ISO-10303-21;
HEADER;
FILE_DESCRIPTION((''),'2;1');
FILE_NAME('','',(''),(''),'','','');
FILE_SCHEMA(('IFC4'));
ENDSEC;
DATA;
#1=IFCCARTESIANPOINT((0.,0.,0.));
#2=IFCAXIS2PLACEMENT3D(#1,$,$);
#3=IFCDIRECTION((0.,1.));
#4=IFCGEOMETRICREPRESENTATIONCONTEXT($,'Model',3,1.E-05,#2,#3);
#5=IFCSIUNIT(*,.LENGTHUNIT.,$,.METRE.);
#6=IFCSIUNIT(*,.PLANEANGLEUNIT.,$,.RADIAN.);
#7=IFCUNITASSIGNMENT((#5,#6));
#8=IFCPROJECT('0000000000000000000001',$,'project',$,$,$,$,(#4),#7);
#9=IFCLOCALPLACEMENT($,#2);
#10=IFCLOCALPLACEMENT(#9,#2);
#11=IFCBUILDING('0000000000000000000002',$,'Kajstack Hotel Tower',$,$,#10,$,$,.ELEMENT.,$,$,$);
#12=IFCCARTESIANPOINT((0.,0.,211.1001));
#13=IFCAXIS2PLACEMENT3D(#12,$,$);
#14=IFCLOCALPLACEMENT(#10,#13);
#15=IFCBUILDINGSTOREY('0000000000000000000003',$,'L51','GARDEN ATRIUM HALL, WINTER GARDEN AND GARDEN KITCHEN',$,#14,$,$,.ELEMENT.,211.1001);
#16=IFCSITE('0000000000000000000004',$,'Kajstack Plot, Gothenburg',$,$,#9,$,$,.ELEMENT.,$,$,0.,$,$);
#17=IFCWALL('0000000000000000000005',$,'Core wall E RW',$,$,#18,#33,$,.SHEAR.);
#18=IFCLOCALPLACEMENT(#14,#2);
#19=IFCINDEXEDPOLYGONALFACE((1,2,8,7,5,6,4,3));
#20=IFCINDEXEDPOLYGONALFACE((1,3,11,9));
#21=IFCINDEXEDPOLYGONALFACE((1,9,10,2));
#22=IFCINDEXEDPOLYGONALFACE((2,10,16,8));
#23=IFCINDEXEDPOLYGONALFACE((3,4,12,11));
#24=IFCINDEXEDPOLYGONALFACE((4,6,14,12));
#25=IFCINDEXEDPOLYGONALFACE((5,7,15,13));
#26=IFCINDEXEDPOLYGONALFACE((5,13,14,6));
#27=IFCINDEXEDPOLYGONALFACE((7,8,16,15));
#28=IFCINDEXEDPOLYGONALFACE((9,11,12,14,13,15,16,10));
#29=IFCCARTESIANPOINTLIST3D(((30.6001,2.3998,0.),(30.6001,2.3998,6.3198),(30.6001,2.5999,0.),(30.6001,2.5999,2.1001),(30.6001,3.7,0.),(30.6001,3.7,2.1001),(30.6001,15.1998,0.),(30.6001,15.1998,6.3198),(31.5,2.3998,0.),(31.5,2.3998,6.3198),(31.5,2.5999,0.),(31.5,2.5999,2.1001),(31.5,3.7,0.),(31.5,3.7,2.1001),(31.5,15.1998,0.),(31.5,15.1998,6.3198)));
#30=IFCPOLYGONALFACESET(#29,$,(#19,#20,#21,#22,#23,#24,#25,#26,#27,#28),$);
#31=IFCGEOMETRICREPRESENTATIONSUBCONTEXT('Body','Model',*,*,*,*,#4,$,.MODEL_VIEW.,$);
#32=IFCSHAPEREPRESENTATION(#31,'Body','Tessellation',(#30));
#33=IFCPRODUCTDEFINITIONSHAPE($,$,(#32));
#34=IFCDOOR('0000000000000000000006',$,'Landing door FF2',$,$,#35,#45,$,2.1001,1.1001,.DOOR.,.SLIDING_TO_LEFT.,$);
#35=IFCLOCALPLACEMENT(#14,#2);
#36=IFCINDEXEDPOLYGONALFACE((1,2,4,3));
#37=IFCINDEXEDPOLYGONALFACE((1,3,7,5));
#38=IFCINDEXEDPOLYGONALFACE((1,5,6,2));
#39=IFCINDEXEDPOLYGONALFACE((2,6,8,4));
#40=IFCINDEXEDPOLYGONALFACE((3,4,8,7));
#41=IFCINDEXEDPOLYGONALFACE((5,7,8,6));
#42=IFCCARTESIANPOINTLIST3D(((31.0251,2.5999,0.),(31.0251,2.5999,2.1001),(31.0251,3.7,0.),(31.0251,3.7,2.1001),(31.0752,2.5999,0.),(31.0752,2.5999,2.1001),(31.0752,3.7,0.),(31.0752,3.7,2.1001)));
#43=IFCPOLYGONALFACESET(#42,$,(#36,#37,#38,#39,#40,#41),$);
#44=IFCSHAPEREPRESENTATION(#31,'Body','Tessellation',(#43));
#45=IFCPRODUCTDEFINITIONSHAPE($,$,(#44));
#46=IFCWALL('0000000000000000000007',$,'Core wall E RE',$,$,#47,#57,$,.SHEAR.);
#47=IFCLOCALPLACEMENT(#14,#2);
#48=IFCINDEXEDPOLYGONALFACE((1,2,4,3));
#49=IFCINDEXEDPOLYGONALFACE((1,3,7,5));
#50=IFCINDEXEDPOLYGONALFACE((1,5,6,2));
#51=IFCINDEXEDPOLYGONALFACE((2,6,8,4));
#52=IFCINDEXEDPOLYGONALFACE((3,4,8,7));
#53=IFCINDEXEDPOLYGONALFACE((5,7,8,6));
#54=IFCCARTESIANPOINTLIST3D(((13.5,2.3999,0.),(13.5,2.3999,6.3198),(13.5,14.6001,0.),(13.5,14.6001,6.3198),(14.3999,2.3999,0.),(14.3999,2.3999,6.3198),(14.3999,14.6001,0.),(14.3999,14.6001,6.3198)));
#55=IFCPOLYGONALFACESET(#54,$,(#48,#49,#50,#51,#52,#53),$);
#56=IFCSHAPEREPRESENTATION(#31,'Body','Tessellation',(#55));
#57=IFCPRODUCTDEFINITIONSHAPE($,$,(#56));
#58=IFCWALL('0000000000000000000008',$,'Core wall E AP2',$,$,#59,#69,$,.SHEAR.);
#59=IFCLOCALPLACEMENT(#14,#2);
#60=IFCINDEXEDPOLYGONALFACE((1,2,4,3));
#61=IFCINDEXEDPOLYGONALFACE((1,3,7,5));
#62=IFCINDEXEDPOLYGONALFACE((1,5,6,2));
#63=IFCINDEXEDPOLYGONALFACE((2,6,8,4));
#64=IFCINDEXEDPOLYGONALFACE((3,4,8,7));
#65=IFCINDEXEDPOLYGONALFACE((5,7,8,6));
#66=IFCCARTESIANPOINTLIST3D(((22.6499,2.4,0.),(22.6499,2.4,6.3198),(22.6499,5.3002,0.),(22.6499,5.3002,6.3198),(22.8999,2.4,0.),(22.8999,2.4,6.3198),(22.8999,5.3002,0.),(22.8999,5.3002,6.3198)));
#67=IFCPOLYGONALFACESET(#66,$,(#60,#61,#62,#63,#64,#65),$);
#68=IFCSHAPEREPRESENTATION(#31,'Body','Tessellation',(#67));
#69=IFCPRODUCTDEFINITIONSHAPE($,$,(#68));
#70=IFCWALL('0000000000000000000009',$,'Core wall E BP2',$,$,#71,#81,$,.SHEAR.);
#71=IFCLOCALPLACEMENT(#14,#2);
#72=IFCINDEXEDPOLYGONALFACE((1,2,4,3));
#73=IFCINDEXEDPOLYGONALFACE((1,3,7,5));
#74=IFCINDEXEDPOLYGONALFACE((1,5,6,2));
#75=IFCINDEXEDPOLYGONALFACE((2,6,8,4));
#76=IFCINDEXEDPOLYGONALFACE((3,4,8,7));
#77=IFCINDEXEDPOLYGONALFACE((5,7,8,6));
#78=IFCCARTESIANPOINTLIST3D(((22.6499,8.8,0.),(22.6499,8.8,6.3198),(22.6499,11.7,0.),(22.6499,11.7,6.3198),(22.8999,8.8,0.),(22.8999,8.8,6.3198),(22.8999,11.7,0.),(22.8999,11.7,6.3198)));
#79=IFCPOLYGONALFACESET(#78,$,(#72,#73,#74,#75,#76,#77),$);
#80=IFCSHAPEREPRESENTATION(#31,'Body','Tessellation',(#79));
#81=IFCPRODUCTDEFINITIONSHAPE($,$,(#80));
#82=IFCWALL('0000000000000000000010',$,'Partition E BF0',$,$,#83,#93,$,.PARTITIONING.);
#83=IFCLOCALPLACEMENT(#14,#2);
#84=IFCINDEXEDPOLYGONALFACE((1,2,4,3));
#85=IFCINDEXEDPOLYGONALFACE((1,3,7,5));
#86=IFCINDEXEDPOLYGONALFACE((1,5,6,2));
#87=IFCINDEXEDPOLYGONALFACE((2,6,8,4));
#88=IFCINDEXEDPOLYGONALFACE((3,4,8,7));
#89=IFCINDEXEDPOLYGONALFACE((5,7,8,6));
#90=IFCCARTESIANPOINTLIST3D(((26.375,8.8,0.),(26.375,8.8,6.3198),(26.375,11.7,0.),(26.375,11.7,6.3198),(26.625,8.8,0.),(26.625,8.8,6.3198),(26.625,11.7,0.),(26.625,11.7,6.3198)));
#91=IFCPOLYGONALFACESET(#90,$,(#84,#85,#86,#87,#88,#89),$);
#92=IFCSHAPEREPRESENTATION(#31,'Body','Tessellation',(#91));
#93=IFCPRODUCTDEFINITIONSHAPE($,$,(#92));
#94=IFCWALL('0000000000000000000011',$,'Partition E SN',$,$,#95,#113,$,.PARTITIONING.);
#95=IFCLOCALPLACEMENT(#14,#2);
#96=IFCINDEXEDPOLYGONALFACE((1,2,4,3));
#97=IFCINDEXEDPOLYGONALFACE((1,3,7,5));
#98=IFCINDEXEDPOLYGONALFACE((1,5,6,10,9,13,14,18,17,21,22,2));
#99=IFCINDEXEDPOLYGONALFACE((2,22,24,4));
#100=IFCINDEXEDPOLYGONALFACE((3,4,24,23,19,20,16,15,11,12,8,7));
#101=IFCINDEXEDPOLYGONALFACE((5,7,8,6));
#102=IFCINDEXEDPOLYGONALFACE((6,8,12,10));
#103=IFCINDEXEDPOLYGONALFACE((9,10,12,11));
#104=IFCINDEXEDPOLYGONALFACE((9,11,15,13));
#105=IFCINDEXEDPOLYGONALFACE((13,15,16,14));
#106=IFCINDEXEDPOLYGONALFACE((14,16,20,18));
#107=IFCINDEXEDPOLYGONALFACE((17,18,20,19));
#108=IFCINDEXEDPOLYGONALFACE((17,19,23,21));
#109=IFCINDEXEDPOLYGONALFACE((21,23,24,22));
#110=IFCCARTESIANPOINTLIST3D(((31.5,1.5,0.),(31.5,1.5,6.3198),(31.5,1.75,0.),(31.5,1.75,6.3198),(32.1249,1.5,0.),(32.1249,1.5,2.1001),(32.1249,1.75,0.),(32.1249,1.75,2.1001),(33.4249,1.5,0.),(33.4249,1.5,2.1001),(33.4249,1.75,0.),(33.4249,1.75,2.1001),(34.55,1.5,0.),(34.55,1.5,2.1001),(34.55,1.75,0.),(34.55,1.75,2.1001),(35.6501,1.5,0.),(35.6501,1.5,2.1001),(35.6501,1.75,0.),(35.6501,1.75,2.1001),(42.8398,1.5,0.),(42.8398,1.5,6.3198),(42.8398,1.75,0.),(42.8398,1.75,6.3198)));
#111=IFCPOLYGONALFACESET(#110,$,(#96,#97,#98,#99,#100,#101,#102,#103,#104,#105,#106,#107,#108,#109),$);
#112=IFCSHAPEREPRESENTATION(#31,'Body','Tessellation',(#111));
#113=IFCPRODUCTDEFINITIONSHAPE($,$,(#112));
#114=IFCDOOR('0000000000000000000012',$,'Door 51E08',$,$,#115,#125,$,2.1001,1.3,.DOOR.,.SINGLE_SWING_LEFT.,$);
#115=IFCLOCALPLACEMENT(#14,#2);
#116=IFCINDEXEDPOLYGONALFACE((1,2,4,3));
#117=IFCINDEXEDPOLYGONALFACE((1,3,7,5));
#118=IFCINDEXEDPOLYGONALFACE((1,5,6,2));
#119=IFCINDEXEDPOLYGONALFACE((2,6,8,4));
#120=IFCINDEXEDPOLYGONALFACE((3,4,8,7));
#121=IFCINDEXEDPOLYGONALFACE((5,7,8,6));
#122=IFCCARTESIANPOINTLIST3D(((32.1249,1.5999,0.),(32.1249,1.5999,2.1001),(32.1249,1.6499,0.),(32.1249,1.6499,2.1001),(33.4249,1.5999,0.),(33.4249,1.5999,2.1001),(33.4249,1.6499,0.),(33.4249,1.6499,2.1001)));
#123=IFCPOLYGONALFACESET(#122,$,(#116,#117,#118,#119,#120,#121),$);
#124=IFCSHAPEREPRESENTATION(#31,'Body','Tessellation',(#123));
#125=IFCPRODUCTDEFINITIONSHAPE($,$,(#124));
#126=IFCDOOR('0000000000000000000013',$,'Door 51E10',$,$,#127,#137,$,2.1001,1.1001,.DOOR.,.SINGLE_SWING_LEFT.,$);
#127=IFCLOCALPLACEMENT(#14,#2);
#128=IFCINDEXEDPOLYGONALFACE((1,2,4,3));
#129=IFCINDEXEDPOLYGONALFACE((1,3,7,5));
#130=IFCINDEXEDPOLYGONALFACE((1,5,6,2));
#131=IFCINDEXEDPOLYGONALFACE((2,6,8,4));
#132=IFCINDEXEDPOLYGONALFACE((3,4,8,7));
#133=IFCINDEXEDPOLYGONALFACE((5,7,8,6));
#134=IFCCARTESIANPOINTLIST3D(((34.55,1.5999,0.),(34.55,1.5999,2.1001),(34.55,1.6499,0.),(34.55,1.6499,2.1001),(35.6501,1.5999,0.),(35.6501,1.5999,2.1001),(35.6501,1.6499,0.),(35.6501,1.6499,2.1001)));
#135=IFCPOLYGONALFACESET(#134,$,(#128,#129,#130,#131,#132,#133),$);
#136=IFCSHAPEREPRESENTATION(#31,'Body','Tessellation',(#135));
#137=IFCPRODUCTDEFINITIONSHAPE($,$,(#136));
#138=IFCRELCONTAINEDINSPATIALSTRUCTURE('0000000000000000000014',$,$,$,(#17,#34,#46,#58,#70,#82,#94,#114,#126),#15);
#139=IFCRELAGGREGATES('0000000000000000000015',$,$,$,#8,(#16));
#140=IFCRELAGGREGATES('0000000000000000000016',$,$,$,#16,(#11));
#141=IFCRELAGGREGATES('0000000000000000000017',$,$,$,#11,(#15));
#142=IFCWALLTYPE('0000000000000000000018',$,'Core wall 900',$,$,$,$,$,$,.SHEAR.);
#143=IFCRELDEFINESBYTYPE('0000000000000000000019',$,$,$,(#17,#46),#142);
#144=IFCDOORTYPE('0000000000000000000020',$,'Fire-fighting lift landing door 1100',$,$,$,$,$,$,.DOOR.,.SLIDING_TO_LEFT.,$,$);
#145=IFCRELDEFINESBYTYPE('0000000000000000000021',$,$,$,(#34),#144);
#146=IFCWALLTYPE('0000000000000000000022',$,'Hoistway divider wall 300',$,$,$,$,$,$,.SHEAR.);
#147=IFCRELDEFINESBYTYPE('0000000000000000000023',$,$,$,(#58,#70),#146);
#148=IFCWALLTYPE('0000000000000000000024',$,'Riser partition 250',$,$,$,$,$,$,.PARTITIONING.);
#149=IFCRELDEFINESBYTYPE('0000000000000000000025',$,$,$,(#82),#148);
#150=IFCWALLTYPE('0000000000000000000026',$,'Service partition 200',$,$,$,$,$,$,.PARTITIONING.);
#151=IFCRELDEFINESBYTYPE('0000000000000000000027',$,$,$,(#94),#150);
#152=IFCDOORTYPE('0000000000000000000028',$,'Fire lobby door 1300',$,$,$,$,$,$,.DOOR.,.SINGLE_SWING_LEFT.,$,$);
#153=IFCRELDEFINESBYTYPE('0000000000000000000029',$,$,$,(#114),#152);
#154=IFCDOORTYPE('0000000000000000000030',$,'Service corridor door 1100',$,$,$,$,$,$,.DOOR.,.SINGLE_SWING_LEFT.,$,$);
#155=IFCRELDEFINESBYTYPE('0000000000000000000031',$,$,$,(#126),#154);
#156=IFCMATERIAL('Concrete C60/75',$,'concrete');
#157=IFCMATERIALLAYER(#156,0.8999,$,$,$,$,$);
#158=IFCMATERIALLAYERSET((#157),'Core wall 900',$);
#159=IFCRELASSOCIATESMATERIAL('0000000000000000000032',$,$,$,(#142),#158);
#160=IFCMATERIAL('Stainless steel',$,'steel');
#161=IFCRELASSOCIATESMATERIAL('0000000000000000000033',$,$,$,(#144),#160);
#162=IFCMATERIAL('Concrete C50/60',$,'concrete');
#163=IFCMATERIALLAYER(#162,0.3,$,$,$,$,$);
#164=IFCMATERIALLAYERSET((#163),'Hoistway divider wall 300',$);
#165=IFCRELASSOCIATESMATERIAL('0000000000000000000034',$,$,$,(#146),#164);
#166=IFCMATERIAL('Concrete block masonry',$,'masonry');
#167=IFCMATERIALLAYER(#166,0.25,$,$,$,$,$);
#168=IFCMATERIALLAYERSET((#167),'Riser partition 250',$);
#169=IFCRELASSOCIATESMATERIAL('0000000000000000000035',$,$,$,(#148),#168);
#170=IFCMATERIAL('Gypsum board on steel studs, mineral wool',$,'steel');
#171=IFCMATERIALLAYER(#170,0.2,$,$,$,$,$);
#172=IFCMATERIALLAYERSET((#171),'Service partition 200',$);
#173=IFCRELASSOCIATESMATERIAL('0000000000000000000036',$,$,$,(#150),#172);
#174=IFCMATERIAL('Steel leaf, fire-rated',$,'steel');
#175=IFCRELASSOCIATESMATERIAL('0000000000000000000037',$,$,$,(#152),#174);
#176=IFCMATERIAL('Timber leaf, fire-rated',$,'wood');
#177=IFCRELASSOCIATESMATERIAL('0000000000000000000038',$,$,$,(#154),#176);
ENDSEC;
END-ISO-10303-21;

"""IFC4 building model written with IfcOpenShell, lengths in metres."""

from ifc_helpers import new_model, si_unit, direction, frame, frame_2d, origin, place, context, subcontext, project, spatial, rectangle, extrude, material, layer, layer_set, type_object, element, fill, save


model = new_model("IFC4")

# Units and contexts
model_context = context("Model", 3, precision=1e-05, world=origin(), true_north=direction((0.0, 1.0)))
body_context = subcontext(model_context, "Body", "Model", "MODEL_VIEW")
ifc_project = project(units=[si_unit("LENGTHUNIT", "METRE"), si_unit("PLANEANGLEUNIT", "RADIAN")], contexts=[model_context])

# Site, building, storey
site_placement = place(None, origin())
site = spatial("IfcSite", under=ifc_project, at=site_placement, Name="Kajstack Plot, Gothenburg", CompositionType="ELEMENT", RefElevation=0.0)
building_placement = place(site_placement, origin())
building = spatial("IfcBuilding", under=site, at=building_placement, Name="Kajstack Hotel Tower", CompositionType="ELEMENT")
storey_placement = place(building_placement, frame((0.0, 0.0, 211.1001)))
storey = spatial("IfcBuildingStorey", under=building, at=storey_placement, Name="L51", Description="GARDEN ATRIUM HALL, WINTER GARDEN AND GARDEN KITCHEN", CompositionType="ELEMENT", Elevation=211.1001)

# Wall, opening, door
ifc_material_1 = material(Name="Concrete C60/75", Category="concrete")
ifc_layer_1 = layer(ifc_material_1, 0.8999)
ifc_layer_set_1 = layer_set([ifc_layer_1], Name="Core wall 900")
wall_type_1 = type_object("IfcWallType", Name="Core wall 900", PredefinedType="SHEAR", material=ifc_layer_set_1)
wall_1_placement = place(storey_placement, frame((31.05, 2.3999, 0.0), z_axis=(0.0, 0.0, 1.0), x_axis=(0.0, 1.0, 0.0)))
wall_1 = element("IfcWall", 1, at=wall_1_placement, inside=storey, type_object=wall_type_1, Name="Core wall E RW", PredefinedType="SHEAR", context=body_context, shape_type="SweptSolid", body=[
    extrude(rectangle(XDim=12.8, YDim=0.8999, at=frame_2d((6.3999, 0.0))), origin(), (0.0, 0.0, 1.0), 6.3198),
])
opening_1_placement = place(wall_1_placement, frame((0.2, 0.0, 0.0)))
opening_1 = element("IfcOpeningElement", 2, at=opening_1_placement, cuts=wall_1, PredefinedType="OPENING", context=body_context, shape_type="SweptSolid", body=[
    extrude(rectangle(XDim=1.1001, YDim=2.1001, at=frame_2d((0.55, 1.05))), frame((0.0, 0.46, 0.0), z_axis=(0.0, -1.0, 0.0), x_axis=(1.0, 0.0, 0.0)), (0.0, 0.0, 1.0), 0.9199),
])
ifc_material_2 = material(Name="Stainless steel", Category="steel")
door_type_1 = type_object("IfcDoorType", Name="Fire-fighting lift landing door 1100", OperationType="SLIDING_TO_LEFT", PredefinedType="DOOR", material=ifc_material_2)
door_1_placement = place(opening_1_placement, origin())
door_1 = element("IfcDoor", 3, at=door_1_placement, inside=storey, type_object=door_type_1, Name="Landing door FF2", OperationType="SLIDING_TO_LEFT", OverallHeight=2.1001, OverallWidth=1.1001, PredefinedType="DOOR", context=body_context, shape_type="SweptSolid", body=[
    extrude(rectangle(XDim=1.1001, YDim=2.1001, at=frame_2d((0.55, 1.05))), frame((0.0, 0.0249, 0.0), z_axis=(0.0, -1.0, 0.0), x_axis=(1.0, 0.0, 0.0)), (0.0, 0.0, 1.0), 0.05),
])
fill(opening_1, door_1)

# Walls
wall_2_placement = place(storey_placement, frame((13.95, 2.3999, 0.0), z_axis=(0.0, 0.0, 1.0), x_axis=(0.0, 1.0, 0.0)))
element("IfcWall", 4, at=wall_2_placement, inside=storey, type_object=wall_type_1, Name="Core wall E RE", PredefinedType="SHEAR", context=body_context, shape_type="SweptSolid", body=[
    extrude(rectangle(XDim=12.2002, YDim=0.8999, at=frame_2d((6.1001, 0.0))), origin(), (0.0, 0.0, 1.0), 6.3198),
])
ifc_material_3 = material(Name="Concrete C50/60", Category="concrete")
ifc_layer_2 = layer(ifc_material_3, 0.3)
ifc_layer_set_2 = layer_set([ifc_layer_2], Name="Hoistway divider wall 300")
wall_type_2 = type_object("IfcWallType", Name="Hoistway divider wall 300", PredefinedType="SHEAR", material=ifc_layer_set_2)
wall_3_placement = place(storey_placement, frame((22.7749, 2.3999, 0.0), z_axis=(0.0, 0.0, 1.0), x_axis=(0.0, 1.0, 0.0)))
element("IfcWall", 5, at=wall_3_placement, inside=storey, type_object=wall_type_2, Name="Core wall E AP2", PredefinedType="SHEAR", context=body_context, shape_type="SweptSolid", body=[
    extrude(rectangle(XDim=2.9001, YDim=0.25, at=frame_2d((1.4502, 0.0))), origin(), (0.0, 0.0, 1.0), 6.3198),
])
wall_4_placement = place(storey_placement, frame((22.7749, 8.8, 0.0), z_axis=(0.0, 0.0, 1.0), x_axis=(0.0, 1.0, 0.0)))
element("IfcWall", 6, at=wall_4_placement, inside=storey, type_object=wall_type_2, Name="Core wall E BP2", PredefinedType="SHEAR", context=body_context, shape_type="SweptSolid", body=[
    extrude(rectangle(XDim=2.8999, YDim=0.25, at=frame_2d((1.45, 0.0))), origin(), (0.0, 0.0, 1.0), 6.3198),
])
ifc_material_4 = material(Name="Concrete block masonry", Category="masonry")
ifc_layer_3 = layer(ifc_material_4, 0.25)
ifc_layer_set_3 = layer_set([ifc_layer_3], Name="Riser partition 250")
wall_type_3 = type_object("IfcWallType", Name="Riser partition 250", PredefinedType="PARTITIONING", material=ifc_layer_set_3)
wall_5_placement = place(storey_placement, frame((26.5, 8.8, 0.0), z_axis=(0.0, 0.0, 1.0), x_axis=(0.0, 1.0, 0.0)))
element("IfcWall", 7, at=wall_5_placement, inside=storey, type_object=wall_type_3, Name="Partition E BF0", PredefinedType="PARTITIONING", context=body_context, shape_type="SweptSolid", body=[
    extrude(rectangle(XDim=2.8999, YDim=0.25, at=frame_2d((1.45, 0.0))), origin(), (0.0, 0.0, 1.0), 6.3198),
])

# Wall, openings, doors
ifc_material_5 = material(Name="Gypsum board on steel studs, mineral wool", Category="steel")
ifc_layer_4 = layer(ifc_material_5, 0.2)
ifc_layer_set_4 = layer_set([ifc_layer_4], Name="Service partition 200")
wall_type_4 = type_object("IfcWallType", Name="Service partition 200", PredefinedType="PARTITIONING", material=ifc_layer_set_4)
wall_6_placement = place(storey_placement, frame((31.5, 1.625, 0.0), z_axis=(0.0, 0.0, 1.0), x_axis=(1.0, 0.0, 0.0)))
wall_6 = element("IfcWall", 8, at=wall_6_placement, inside=storey, type_object=wall_type_4, Name="Partition E SN", PredefinedType="PARTITIONING", context=body_context, shape_type="SweptSolid", body=[
    extrude(rectangle(XDim=11.3398, YDim=0.25, at=frame_2d((5.6699, 0.0))), origin(), (0.0, 0.0, 1.0), 6.3198),
])
opening_2_placement = place(wall_6_placement, frame((0.625, 0.0, 0.0)))
opening_2 = element("IfcOpeningElement", 9, at=opening_2_placement, cuts=wall_6, PredefinedType="OPENING", context=body_context, shape_type="SweptSolid", body=[
    extrude(rectangle(XDim=1.3, YDim=2.1001, at=frame_2d((0.6499, 1.05))), frame((0.0, 0.135, 0.0), z_axis=(0.0, -1.0, 0.0), x_axis=(1.0, 0.0, 0.0)), (0.0, 0.0, 1.0), 0.27),
])
opening_3_placement = place(wall_6_placement, frame((3.05, 0.0, 0.0)))
opening_3 = element("IfcOpeningElement", 10, at=opening_3_placement, cuts=wall_6, PredefinedType="OPENING", context=body_context, shape_type="SweptSolid", body=[
    extrude(rectangle(XDim=1.1001, YDim=2.1001, at=frame_2d((0.55, 1.05))), frame((0.0, 0.135, 0.0), z_axis=(0.0, -1.0, 0.0), x_axis=(1.0, 0.0, 0.0)), (0.0, 0.0, 1.0), 0.27),
])
ifc_material_6 = material(Name="Steel leaf, fire-rated", Category="steel")
door_type_2 = type_object("IfcDoorType", Name="Fire lobby door 1300", OperationType="SINGLE_SWING_LEFT", PredefinedType="DOOR", material=ifc_material_6)
door_2_placement = place(opening_2_placement, origin())
door_2 = element("IfcDoor", 11, at=door_2_placement, inside=storey, type_object=door_type_2, Name="Door 51E08", OperationType="SINGLE_SWING_LEFT", OverallHeight=2.1001, OverallWidth=1.3, PredefinedType="DOOR", context=body_context, shape_type="SweptSolid", body=[
    extrude(rectangle(XDim=1.3, YDim=2.1001, at=frame_2d((0.6499, 1.05))), frame((0.0, 0.0249, 0.0), z_axis=(0.0, -1.0, 0.0), x_axis=(1.0, 0.0, 0.0)), (0.0, 0.0, 1.0), 0.05),
])
fill(opening_2, door_2)
ifc_material_7 = material(Name="Timber leaf, fire-rated", Category="wood")
door_type_3 = type_object("IfcDoorType", Name="Service corridor door 1100", OperationType="SINGLE_SWING_LEFT", PredefinedType="DOOR", material=ifc_material_7)
door_3_placement = place(opening_3_placement, origin())
door_3 = element("IfcDoor", 12, at=door_3_placement, inside=storey, type_object=door_type_3, Name="Door 51E10", OperationType="SINGLE_SWING_LEFT", OverallHeight=2.1001, OverallWidth=1.1001, PredefinedType="DOOR", context=body_context, shape_type="SweptSolid", body=[
    extrude(rectangle(XDim=1.1001, YDim=2.1001, at=frame_2d((0.55, 1.05))), frame((0.0, 0.0249, 0.0), z_axis=(0.0, -1.0, 0.0), x_axis=(1.0, 0.0, 0.0)), (0.0, 0.0, 1.0), 0.05),
])
fill(opening_3, door_3)

save(model, "model.ifc")
